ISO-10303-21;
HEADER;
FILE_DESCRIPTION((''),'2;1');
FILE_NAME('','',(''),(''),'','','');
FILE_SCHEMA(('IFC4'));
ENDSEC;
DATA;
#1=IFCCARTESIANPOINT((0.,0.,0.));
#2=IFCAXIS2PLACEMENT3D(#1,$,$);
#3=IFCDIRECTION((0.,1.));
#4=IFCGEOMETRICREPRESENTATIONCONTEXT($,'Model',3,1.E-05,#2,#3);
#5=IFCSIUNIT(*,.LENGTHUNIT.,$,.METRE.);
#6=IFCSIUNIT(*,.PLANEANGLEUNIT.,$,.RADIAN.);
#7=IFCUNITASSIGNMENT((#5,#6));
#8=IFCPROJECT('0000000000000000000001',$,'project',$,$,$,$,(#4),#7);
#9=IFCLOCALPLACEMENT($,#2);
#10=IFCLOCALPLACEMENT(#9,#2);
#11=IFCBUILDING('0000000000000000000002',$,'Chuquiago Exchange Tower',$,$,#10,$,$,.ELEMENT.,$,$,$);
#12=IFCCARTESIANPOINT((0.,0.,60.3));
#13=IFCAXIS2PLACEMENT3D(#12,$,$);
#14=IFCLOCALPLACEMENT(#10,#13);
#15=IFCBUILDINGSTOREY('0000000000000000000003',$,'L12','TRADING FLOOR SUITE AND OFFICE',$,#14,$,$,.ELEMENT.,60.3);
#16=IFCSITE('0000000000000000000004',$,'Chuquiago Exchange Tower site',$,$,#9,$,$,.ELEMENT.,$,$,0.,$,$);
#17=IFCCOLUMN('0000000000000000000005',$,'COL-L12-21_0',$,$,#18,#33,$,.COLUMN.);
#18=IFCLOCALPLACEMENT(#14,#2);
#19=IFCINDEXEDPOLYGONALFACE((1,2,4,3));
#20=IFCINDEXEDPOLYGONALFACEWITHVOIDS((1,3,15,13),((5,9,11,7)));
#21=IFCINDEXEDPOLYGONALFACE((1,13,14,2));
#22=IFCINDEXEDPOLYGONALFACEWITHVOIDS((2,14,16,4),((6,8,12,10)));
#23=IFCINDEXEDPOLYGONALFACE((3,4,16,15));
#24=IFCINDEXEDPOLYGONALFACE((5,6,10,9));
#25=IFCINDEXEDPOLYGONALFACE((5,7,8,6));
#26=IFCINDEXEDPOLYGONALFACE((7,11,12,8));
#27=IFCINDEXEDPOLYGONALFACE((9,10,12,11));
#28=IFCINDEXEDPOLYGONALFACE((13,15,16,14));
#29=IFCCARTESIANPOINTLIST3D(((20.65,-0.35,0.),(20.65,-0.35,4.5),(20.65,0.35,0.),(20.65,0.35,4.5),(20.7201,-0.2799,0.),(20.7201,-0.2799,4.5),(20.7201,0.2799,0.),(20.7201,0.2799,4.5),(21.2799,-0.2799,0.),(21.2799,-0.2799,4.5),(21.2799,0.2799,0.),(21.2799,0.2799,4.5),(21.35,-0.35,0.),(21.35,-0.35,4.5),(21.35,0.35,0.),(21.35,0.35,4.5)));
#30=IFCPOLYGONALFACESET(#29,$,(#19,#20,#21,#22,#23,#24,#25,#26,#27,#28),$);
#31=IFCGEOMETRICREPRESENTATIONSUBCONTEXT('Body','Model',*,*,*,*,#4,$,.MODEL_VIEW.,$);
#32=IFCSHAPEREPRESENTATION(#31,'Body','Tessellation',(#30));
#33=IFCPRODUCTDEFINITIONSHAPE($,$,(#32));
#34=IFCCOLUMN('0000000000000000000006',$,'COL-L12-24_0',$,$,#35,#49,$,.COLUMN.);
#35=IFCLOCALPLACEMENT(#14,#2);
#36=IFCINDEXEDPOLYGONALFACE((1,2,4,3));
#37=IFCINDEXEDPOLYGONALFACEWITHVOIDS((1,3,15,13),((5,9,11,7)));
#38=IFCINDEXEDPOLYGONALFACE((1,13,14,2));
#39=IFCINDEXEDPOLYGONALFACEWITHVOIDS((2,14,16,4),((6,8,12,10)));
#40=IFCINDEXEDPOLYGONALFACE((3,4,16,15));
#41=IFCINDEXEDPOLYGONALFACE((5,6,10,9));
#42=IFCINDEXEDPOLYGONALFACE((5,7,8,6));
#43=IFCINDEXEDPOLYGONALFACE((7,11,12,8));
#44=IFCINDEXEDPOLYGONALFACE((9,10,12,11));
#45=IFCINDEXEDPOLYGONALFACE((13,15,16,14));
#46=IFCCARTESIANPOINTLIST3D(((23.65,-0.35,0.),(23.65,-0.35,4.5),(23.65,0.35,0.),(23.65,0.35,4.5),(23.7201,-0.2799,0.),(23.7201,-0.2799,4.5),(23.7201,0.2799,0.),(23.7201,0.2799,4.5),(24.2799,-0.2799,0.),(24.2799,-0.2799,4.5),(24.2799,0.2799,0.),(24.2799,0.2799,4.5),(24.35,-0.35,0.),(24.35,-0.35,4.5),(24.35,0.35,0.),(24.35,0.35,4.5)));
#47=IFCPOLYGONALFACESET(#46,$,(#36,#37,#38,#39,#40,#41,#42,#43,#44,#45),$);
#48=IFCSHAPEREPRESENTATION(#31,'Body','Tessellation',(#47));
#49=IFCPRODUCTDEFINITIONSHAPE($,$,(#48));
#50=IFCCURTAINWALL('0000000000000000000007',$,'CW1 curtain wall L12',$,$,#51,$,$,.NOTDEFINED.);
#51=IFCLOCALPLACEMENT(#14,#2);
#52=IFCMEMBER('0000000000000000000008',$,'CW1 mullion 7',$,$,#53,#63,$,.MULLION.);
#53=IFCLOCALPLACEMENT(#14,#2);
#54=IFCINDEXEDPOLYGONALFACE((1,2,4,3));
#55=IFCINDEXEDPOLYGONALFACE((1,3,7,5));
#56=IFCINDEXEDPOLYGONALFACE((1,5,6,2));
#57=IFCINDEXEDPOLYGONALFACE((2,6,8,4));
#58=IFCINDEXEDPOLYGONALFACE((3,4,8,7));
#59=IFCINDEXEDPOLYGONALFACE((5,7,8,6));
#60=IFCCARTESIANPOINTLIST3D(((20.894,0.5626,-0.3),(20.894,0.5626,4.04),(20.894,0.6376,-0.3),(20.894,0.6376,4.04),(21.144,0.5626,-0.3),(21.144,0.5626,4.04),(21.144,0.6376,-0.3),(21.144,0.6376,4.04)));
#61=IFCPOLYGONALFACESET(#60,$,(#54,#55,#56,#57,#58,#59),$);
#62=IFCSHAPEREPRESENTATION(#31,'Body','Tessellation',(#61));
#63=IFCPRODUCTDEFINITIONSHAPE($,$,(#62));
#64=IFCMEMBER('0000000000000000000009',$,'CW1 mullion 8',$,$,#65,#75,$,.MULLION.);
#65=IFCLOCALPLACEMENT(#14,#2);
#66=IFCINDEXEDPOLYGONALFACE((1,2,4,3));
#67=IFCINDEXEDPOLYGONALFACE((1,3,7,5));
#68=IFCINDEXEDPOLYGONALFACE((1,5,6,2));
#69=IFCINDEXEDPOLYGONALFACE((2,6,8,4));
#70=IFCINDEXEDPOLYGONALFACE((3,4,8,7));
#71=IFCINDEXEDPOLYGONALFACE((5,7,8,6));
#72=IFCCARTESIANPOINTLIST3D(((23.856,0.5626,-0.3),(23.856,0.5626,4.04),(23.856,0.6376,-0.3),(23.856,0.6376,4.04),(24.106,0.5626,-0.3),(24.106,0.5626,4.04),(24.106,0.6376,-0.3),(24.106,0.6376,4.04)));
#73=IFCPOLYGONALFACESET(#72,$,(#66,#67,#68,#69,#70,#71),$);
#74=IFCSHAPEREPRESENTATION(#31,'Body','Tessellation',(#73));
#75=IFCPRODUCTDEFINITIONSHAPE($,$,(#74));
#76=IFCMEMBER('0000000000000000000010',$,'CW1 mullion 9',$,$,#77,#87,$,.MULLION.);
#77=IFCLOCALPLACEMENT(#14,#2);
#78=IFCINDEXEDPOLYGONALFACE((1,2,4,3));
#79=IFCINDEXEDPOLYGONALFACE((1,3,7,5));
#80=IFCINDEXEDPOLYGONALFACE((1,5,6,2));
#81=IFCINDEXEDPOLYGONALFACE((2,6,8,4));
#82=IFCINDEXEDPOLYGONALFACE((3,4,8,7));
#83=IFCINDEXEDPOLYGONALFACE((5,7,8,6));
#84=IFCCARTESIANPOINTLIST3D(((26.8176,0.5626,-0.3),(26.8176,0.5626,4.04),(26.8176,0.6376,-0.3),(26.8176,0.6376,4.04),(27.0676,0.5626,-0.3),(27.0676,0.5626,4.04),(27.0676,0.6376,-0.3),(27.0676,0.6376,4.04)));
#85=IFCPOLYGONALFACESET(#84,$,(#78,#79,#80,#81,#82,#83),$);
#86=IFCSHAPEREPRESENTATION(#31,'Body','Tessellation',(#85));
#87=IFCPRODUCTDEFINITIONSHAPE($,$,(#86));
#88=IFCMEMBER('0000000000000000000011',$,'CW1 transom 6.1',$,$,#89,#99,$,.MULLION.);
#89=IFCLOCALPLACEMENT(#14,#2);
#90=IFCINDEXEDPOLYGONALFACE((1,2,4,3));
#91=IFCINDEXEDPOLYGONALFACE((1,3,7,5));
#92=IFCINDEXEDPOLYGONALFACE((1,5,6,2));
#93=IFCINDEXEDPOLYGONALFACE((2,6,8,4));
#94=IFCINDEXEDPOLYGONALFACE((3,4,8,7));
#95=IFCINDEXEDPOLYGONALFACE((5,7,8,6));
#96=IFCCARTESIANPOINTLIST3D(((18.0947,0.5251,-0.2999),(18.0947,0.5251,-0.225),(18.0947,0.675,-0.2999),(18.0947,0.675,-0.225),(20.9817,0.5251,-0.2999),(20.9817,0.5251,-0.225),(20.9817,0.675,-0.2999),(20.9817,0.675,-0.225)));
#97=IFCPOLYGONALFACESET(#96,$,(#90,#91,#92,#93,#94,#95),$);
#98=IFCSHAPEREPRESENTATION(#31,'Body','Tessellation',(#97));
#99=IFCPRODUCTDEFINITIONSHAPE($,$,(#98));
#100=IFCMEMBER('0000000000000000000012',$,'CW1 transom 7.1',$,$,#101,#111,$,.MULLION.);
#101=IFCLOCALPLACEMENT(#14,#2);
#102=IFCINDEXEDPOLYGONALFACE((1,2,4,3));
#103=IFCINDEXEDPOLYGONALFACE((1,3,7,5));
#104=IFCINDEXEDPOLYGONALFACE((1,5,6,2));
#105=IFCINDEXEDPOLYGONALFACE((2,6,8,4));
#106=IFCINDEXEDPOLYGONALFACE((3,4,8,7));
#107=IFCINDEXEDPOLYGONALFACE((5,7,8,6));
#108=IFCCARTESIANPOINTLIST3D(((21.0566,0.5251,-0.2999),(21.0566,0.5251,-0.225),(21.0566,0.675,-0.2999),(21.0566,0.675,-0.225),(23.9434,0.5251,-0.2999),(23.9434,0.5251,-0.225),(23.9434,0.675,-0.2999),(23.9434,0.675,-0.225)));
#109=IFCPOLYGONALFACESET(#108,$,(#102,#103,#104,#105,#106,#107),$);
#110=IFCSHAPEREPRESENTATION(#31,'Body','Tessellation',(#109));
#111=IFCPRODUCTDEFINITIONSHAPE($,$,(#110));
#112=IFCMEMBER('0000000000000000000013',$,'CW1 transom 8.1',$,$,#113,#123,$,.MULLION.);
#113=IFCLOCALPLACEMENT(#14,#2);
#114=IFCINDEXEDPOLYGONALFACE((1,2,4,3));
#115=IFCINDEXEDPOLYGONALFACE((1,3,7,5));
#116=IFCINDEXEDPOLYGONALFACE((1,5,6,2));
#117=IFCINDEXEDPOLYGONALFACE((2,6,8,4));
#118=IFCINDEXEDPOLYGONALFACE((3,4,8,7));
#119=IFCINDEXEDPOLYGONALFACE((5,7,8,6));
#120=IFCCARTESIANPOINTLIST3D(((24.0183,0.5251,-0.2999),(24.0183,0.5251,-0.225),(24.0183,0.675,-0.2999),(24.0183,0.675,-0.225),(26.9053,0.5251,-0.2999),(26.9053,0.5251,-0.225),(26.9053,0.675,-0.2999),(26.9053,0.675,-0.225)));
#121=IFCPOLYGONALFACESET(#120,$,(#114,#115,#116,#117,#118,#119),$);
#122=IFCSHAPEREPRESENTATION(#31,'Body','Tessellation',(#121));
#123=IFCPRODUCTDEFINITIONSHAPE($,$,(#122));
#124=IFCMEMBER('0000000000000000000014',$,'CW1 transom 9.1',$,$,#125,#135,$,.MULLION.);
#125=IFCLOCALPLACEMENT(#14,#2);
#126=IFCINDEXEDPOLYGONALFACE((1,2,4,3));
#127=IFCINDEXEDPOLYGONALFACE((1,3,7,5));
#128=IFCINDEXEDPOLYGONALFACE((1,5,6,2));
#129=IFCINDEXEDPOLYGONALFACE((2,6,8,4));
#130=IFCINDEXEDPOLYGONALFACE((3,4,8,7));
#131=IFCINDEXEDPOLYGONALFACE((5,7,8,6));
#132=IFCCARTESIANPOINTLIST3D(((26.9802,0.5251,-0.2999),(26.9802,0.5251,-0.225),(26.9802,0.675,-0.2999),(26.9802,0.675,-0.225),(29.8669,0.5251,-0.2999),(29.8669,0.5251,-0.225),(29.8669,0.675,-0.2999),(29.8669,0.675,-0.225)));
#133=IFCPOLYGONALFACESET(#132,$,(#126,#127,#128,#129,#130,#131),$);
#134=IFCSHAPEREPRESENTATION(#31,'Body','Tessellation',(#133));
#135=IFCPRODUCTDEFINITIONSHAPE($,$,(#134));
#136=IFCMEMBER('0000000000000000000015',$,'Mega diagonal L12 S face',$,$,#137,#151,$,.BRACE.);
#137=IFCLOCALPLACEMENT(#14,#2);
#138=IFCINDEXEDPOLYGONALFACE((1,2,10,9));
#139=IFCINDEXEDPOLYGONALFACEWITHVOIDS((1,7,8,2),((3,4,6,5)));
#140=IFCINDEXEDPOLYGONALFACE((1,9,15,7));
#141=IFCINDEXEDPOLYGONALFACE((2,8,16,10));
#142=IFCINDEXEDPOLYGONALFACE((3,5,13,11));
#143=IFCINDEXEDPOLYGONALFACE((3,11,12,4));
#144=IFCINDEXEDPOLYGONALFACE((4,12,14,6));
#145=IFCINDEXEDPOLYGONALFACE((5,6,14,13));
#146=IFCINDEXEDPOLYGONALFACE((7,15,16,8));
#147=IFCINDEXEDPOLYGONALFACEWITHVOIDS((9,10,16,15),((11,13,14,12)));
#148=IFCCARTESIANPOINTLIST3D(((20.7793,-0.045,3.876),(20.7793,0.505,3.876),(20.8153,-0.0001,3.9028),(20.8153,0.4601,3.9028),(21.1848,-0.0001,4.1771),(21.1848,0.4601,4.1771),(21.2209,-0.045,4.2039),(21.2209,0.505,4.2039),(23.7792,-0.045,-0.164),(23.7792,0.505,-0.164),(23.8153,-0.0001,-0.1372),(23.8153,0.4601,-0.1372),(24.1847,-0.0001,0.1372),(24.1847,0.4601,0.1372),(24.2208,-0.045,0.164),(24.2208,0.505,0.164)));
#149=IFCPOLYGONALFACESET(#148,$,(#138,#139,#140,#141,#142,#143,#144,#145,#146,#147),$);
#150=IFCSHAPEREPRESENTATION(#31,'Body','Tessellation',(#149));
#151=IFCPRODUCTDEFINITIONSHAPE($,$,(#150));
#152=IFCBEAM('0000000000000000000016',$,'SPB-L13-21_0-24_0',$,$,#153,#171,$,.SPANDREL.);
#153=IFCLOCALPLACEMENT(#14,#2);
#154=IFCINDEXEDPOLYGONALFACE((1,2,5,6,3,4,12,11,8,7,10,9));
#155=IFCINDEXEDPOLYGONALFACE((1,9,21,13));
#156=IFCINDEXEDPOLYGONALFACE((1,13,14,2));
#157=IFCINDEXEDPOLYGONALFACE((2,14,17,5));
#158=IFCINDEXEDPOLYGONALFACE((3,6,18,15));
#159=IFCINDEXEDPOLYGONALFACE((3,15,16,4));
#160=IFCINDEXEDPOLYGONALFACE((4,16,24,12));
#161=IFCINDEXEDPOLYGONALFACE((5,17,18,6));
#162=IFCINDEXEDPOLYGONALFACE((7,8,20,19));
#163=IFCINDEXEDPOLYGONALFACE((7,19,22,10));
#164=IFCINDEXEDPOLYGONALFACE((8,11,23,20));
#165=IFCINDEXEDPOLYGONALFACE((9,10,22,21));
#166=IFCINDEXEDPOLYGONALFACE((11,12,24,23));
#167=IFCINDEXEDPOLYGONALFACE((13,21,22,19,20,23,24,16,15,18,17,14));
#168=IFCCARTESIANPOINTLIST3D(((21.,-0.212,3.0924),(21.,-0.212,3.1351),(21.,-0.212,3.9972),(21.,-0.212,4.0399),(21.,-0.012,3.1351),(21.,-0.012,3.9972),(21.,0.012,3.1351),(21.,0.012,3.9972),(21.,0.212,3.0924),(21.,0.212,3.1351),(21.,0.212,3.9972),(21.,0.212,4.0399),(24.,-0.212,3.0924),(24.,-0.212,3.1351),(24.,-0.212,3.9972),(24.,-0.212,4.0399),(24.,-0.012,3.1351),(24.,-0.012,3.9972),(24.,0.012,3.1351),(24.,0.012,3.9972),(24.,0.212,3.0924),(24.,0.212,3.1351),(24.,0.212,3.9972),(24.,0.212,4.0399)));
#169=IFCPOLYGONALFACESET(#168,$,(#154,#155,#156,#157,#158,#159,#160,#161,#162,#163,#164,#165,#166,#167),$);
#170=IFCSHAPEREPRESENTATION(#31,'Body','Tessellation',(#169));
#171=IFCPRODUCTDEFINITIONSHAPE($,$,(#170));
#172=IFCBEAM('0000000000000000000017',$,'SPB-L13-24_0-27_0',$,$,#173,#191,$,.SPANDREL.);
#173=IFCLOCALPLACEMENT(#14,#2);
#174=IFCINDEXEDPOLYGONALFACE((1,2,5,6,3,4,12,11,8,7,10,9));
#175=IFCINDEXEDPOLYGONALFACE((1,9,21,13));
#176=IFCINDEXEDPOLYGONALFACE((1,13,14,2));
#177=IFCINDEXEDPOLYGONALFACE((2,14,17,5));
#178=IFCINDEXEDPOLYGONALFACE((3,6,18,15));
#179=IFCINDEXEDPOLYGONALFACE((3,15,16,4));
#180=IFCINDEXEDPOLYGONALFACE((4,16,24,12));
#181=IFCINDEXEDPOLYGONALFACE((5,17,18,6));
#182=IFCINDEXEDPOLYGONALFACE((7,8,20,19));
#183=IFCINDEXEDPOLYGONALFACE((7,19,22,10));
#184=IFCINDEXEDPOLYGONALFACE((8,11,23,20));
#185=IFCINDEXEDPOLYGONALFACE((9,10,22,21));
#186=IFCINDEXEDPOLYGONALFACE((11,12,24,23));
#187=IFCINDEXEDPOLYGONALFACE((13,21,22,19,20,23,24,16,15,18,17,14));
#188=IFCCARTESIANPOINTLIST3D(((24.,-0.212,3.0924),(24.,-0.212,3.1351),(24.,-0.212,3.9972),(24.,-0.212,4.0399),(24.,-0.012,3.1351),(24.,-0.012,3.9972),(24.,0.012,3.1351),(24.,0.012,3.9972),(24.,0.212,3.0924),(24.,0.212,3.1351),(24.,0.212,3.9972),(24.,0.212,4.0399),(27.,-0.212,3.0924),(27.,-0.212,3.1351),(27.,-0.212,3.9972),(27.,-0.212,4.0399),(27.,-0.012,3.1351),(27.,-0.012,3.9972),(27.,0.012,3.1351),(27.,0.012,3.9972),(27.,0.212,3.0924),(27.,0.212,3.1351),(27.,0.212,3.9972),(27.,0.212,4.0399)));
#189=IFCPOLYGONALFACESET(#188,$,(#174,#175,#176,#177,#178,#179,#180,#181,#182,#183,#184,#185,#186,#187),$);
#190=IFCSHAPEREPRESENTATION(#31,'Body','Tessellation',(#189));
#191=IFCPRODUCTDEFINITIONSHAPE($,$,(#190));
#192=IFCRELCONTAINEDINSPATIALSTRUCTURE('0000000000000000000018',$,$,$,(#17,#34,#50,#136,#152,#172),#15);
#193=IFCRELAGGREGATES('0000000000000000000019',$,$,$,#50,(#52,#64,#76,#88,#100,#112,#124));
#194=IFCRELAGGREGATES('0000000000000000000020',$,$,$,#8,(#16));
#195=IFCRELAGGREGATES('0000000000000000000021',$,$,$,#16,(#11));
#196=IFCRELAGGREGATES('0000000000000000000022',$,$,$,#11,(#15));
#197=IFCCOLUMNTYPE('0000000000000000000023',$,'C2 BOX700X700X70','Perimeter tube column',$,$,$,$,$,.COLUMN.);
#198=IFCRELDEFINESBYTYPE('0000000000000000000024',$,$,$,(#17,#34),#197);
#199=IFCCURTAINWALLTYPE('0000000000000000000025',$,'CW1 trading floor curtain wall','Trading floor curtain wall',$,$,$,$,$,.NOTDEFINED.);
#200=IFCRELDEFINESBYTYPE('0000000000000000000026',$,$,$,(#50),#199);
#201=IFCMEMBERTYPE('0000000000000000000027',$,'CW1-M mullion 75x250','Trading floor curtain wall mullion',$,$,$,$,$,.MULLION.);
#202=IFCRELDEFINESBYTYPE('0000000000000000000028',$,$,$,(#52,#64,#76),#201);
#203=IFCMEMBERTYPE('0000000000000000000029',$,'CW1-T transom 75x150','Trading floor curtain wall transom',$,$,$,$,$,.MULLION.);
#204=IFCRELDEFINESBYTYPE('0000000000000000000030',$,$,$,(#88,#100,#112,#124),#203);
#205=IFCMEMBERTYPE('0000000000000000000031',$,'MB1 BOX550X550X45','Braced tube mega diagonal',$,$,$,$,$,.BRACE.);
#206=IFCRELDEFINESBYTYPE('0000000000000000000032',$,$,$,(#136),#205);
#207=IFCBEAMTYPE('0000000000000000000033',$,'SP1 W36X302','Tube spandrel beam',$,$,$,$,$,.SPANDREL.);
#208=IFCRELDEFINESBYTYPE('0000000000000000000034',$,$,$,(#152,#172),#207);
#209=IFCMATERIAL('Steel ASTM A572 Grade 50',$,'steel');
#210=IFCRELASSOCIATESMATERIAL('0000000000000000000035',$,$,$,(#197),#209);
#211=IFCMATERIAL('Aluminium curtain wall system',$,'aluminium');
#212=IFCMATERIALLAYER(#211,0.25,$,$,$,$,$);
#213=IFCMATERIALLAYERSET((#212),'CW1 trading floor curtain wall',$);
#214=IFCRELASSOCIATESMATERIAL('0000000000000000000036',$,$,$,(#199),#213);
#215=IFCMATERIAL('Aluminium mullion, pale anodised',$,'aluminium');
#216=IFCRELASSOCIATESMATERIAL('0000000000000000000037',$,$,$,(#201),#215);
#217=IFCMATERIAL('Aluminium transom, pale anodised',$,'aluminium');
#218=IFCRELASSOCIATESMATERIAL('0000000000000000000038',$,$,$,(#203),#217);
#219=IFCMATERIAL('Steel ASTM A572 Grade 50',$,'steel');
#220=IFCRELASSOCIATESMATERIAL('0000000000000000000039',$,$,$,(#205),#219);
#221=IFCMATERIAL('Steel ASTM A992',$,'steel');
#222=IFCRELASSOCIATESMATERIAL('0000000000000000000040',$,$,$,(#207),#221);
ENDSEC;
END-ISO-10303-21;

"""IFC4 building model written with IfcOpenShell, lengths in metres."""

from ifc_helpers import new_model, si_unit, direction, frame, origin, origin_2d, place, context, subcontext, project, spatial, rectangle, hollow_rectangle, i_section, extrude, material, layer, layer_set, material_profile, profile_set, type_object, element, aggregate, save


model = new_model("IFC4")

# Units and contexts
model_context = context("Model", 3, precision=1e-05, world=origin(), true_north=direction((0.0, 1.0)))
body_context = subcontext(model_context, "Body", "Model", "MODEL_VIEW")
ifc_project = project(units=[si_unit("LENGTHUNIT", "METRE"), si_unit("PLANEANGLEUNIT", "RADIAN")], contexts=[model_context])

# Site, building, storey
site_placement = place(None, origin())
site = spatial("IfcSite", under=ifc_project, at=site_placement, Name="Chuquiago Exchange Tower site", CompositionType="ELEMENT", RefElevation=0.0)
building_placement = place(site_placement, origin())
building = spatial("IfcBuilding", under=site, at=building_placement, Name="Chuquiago Exchange Tower", CompositionType="ELEMENT")
storey_placement = place(building_placement, frame((0.0, 0.0, 60.3)))
storey = spatial("IfcBuildingStorey", under=building, at=storey_placement, Name="L12", Description="TRADING FLOOR SUITE AND OFFICE", CompositionType="ELEMENT", Elevation=60.3)

# Columns
ifc_material_1 = material(Name="Steel ASTM A572 Grade 50", Category="steel")
ifc_material_profile_1 = material_profile(ifc_material_1, hollow_rectangle(XDim=0.7, YDim=0.7, WallThickness=0.0701, at=origin_2d()), Name="BOX700X700X70")
ifc_profile_set_1 = profile_set([ifc_material_profile_1], Name="Steel ASTM A572 Grade 50")
column_type = type_object("IfcColumnType", Name="C2 BOX700X700X70", Description="Perimeter tube column", PredefinedType="COLUMN", material=ifc_profile_set_1)
for number, where, z_axis, x_axis, name in (
    (1, (21.0, 0.0, 0.0), (0.0, 0.0, 1.0), (0.0, -1.0, 0.0), "COL-L12-21_0"),
    (2, (24.0, 0.0, 0.0), (0.0, 0.0, 1.0), (0.0, -1.0, 0.0), "COL-L12-24_0"),
):
    element("IfcColumn", number, at=place(storey_placement, frame(where, z_axis=z_axis, x_axis=x_axis)), inside=storey, type_object=column_type, Name=name, PredefinedType="COLUMN", context=body_context, shape_type="SweptSolid", body=[
        extrude(hollow_rectangle(XDim=0.7, YDim=0.7, WallThickness=0.0701, at=origin_2d()), origin(), (0.0, 0.0, 1.0), 4.5),
    ])

# Curtain wall, members
ifc_material_2 = material(Name="Aluminium curtain wall system", Category="aluminium")
ifc_layer_1 = layer(ifc_material_2, 0.25)
ifc_layer_set_1 = layer_set([ifc_layer_1], Name="CW1 trading floor curtain wall")
curtain_wall_type = type_object("IfcCurtainWallType", Name="CW1 trading floor curtain wall", Description="Trading floor curtain wall", PredefinedType="NOTDEFINED", material=ifc_layer_set_1)
curtain_wall_placement = place(storey_placement, origin())
curtain_wall = element("IfcCurtainWall", 3, at=curtain_wall_placement, inside=storey, type_object=curtain_wall_type, Name="CW1 curtain wall L12", PredefinedType="NOTDEFINED")
ifc_material_3 = material(Name="Aluminium mullion, pale anodised", Category="aluminium")
ifc_material_profile_2 = material_profile(ifc_material_3, rectangle(XDim=0.075, YDim=0.25, at=origin_2d()), Name="AL 75x250")
ifc_profile_set_2 = profile_set([ifc_material_profile_2], Name="Aluminium mullion, pale anodised")
member_type_1 = type_object("IfcMemberType", Name="CW1-M mullion 75x250", Description="Trading floor curtain wall mullion", PredefinedType="MULLION", material=ifc_profile_set_2)
member_1_placement = place(storey_placement, frame((21.019, 0.6001, -0.3), z_axis=(0.0, 0.0, 1.0), x_axis=(0.0, 1.0, 0.0)))
member_1 = element("IfcMember", 4, at=member_1_placement, type_object=member_type_1, Name="CW1 mullion 7", PredefinedType="MULLION", context=body_context, shape_type="SweptSolid", body=[
    extrude(rectangle(XDim=0.075, YDim=0.25, at=origin_2d()), origin(), (0.0, 0.0, 1.0), 4.3401),
])
member_2_placement = place(storey_placement, frame((23.981, 0.6001, -0.3), z_axis=(0.0, 0.0, 1.0), x_axis=(0.0, 1.0, 0.0)))
member_2 = element("IfcMember", 5, at=member_2_placement, type_object=member_type_1, Name="CW1 mullion 8", PredefinedType="MULLION", context=body_context, shape_type="SweptSolid", body=[
    extrude(rectangle(XDim=0.075, YDim=0.25, at=origin_2d()), origin(), (0.0, 0.0, 1.0), 4.3401),
])
member_3_placement = place(storey_placement, frame((26.9426, 0.6001, -0.3), z_axis=(0.0, 0.0, 1.0), x_axis=(0.0, 1.0, 0.0)))
member_3 = element("IfcMember", 6, at=member_3_placement, type_object=member_type_1, Name="CW1 mullion 9", PredefinedType="MULLION", context=body_context, shape_type="SweptSolid", body=[
    extrude(rectangle(XDim=0.075, YDim=0.25, at=origin_2d()), origin(), (0.0, 0.0, 1.0), 4.3401),
])
ifc_material_4 = material(Name="Aluminium transom, pale anodised", Category="aluminium")
ifc_material_profile_3 = material_profile(ifc_material_4, rectangle(XDim=0.1499, YDim=0.075, at=origin_2d()), Name="AL 150x75")
ifc_profile_set_3 = profile_set([ifc_material_profile_3], Name="Aluminium transom, pale anodised")
member_type_2 = type_object("IfcMemberType", Name="CW1-T transom 75x150", Description="Trading floor curtain wall transom", PredefinedType="MULLION", material=ifc_profile_set_3)
member_4_placement = place(storey_placement, frame((18.0947, 0.6001, -0.2625), z_axis=(1.0, 0.0, 0.0), x_axis=(0.0, 1.0, 0.0)))
member_4 = element("IfcMember", 7, at=member_4_placement, type_object=member_type_2, Name="CW1 transom 6.1", PredefinedType="MULLION", context=body_context, shape_type="SweptSolid", body=[
    extrude(rectangle(XDim=0.1499, YDim=0.075, at=origin_2d()), origin(), (0.0, 0.0, 1.0), 2.887),
])
member_5_placement = place(storey_placement, frame((21.0566, 0.6001, -0.2625), z_axis=(1.0, 0.0, 0.0), x_axis=(0.0, 1.0, 0.0)))
member_5 = element("IfcMember", 8, at=member_5_placement, type_object=member_type_2, Name="CW1 transom 7.1", PredefinedType="MULLION", context=body_context, shape_type="SweptSolid", body=[
    extrude(rectangle(XDim=0.1499, YDim=0.075, at=origin_2d()), origin(), (0.0, 0.0, 1.0), 2.8867),
])
member_6_placement = place(storey_placement, frame((24.0183, 0.6001, -0.2625), z_axis=(1.0, 0.0, 0.0), x_axis=(0.0, 1.0, 0.0)))
member_6 = element("IfcMember", 9, at=member_6_placement, type_object=member_type_2, Name="CW1 transom 8.1", PredefinedType="MULLION", context=body_context, shape_type="SweptSolid", body=[
    extrude(rectangle(XDim=0.1499, YDim=0.075, at=origin_2d()), origin(), (0.0, 0.0, 1.0), 2.887),
])
member_7_placement = place(storey_placement, frame((26.9802, 0.6001, -0.2625), z_axis=(1.0, 0.0, 0.0), x_axis=(0.0, 1.0, 0.0)))
member_7 = element("IfcMember", 10, at=member_7_placement, type_object=member_type_2, Name="CW1 transom 9.1", PredefinedType="MULLION", context=body_context, shape_type="SweptSolid", body=[
    extrude(rectangle(XDim=0.1499, YDim=0.075, at=origin_2d()), origin(), (0.0, 0.0, 1.0), 2.8867),
])

# Member
ifc_material_5 = material(Name="Steel ASTM A572 Grade 50", Category="steel")
ifc_material_profile_4 = material_profile(ifc_material_5, hollow_rectangle(XDim=0.55, YDim=0.55, WallThickness=0.0449, at=origin_2d()), Name="BOX550X550X45")
ifc_profile_set_4 = profile_set([ifc_material_profile_4], Name="Steel ASTM A572 Grade 50")
member_type_3 = type_object("IfcMemberType", Name="MB1 BOX550X550X45", Description="Braced tube mega diagonal", PredefinedType="BRACE", material=ifc_profile_set_4)
member_8_placement = place(storey_placement, frame((24.0, 0.23, 0.0), z_axis=(-0.596174, 0.0, 0.802855), x_axis=(0.0, -1.0, 0.0)))
element("IfcMember", 11, at=member_8_placement, inside=storey, type_object=member_type_3, Name="Mega diagonal L12 S face", PredefinedType="BRACE", context=body_context, shape_type="SweptSolid", body=[
    extrude(hollow_rectangle(XDim=0.55, YDim=0.55, WallThickness=0.0449, at=origin_2d()), origin(), (0.0, 0.0, 1.0), 5.032),
])

# Beams
ifc_material_6 = material(Name="Steel ASTM A992", Category="steel")
ifc_material_profile_5 = material_profile(ifc_material_6, i_section(OverallWidth=0.4241, OverallDepth=0.9475, WebThickness=0.0239, FlangeThickness=0.0427, at=origin_2d()), Name="W36X302")
ifc_profile_set_5 = profile_set([ifc_material_profile_5], Name="Steel ASTM A992")
beam_type = type_object("IfcBeamType", Name="SP1 W36X302", Description="Tube spandrel beam", PredefinedType="SPANDREL", material=ifc_profile_set_5)
for number, where, z_axis, x_axis, name in (
    (12, (21.0, 0.0, 3.5662), (1.0, 0.0, 0.0), (0.0, 1.0, 0.0), "SPB-L13-21_0-24_0"),
    (13, (24.0, 0.0, 3.5662), (1.0, 0.0, 0.0), (0.0, 1.0, 0.0), "SPB-L13-24_0-27_0"),
):
    element("IfcBeam", number, at=place(storey_placement, frame(where, z_axis=z_axis, x_axis=x_axis)), inside=storey, type_object=beam_type, Name=name, PredefinedType="SPANDREL", context=body_context, shape_type="SweptSolid", body=[
        extrude(i_section(OverallWidth=0.4241, OverallDepth=0.9475, WebThickness=0.0239, FlangeThickness=0.0427, at=origin_2d()), origin(), (0.0, 0.0, 1.0), 3.0),
    ])

aggregate(curtain_wall, [member_1, member_2, member_3, member_4, member_5, member_6, member_7])

save(model, "model.ifc")
